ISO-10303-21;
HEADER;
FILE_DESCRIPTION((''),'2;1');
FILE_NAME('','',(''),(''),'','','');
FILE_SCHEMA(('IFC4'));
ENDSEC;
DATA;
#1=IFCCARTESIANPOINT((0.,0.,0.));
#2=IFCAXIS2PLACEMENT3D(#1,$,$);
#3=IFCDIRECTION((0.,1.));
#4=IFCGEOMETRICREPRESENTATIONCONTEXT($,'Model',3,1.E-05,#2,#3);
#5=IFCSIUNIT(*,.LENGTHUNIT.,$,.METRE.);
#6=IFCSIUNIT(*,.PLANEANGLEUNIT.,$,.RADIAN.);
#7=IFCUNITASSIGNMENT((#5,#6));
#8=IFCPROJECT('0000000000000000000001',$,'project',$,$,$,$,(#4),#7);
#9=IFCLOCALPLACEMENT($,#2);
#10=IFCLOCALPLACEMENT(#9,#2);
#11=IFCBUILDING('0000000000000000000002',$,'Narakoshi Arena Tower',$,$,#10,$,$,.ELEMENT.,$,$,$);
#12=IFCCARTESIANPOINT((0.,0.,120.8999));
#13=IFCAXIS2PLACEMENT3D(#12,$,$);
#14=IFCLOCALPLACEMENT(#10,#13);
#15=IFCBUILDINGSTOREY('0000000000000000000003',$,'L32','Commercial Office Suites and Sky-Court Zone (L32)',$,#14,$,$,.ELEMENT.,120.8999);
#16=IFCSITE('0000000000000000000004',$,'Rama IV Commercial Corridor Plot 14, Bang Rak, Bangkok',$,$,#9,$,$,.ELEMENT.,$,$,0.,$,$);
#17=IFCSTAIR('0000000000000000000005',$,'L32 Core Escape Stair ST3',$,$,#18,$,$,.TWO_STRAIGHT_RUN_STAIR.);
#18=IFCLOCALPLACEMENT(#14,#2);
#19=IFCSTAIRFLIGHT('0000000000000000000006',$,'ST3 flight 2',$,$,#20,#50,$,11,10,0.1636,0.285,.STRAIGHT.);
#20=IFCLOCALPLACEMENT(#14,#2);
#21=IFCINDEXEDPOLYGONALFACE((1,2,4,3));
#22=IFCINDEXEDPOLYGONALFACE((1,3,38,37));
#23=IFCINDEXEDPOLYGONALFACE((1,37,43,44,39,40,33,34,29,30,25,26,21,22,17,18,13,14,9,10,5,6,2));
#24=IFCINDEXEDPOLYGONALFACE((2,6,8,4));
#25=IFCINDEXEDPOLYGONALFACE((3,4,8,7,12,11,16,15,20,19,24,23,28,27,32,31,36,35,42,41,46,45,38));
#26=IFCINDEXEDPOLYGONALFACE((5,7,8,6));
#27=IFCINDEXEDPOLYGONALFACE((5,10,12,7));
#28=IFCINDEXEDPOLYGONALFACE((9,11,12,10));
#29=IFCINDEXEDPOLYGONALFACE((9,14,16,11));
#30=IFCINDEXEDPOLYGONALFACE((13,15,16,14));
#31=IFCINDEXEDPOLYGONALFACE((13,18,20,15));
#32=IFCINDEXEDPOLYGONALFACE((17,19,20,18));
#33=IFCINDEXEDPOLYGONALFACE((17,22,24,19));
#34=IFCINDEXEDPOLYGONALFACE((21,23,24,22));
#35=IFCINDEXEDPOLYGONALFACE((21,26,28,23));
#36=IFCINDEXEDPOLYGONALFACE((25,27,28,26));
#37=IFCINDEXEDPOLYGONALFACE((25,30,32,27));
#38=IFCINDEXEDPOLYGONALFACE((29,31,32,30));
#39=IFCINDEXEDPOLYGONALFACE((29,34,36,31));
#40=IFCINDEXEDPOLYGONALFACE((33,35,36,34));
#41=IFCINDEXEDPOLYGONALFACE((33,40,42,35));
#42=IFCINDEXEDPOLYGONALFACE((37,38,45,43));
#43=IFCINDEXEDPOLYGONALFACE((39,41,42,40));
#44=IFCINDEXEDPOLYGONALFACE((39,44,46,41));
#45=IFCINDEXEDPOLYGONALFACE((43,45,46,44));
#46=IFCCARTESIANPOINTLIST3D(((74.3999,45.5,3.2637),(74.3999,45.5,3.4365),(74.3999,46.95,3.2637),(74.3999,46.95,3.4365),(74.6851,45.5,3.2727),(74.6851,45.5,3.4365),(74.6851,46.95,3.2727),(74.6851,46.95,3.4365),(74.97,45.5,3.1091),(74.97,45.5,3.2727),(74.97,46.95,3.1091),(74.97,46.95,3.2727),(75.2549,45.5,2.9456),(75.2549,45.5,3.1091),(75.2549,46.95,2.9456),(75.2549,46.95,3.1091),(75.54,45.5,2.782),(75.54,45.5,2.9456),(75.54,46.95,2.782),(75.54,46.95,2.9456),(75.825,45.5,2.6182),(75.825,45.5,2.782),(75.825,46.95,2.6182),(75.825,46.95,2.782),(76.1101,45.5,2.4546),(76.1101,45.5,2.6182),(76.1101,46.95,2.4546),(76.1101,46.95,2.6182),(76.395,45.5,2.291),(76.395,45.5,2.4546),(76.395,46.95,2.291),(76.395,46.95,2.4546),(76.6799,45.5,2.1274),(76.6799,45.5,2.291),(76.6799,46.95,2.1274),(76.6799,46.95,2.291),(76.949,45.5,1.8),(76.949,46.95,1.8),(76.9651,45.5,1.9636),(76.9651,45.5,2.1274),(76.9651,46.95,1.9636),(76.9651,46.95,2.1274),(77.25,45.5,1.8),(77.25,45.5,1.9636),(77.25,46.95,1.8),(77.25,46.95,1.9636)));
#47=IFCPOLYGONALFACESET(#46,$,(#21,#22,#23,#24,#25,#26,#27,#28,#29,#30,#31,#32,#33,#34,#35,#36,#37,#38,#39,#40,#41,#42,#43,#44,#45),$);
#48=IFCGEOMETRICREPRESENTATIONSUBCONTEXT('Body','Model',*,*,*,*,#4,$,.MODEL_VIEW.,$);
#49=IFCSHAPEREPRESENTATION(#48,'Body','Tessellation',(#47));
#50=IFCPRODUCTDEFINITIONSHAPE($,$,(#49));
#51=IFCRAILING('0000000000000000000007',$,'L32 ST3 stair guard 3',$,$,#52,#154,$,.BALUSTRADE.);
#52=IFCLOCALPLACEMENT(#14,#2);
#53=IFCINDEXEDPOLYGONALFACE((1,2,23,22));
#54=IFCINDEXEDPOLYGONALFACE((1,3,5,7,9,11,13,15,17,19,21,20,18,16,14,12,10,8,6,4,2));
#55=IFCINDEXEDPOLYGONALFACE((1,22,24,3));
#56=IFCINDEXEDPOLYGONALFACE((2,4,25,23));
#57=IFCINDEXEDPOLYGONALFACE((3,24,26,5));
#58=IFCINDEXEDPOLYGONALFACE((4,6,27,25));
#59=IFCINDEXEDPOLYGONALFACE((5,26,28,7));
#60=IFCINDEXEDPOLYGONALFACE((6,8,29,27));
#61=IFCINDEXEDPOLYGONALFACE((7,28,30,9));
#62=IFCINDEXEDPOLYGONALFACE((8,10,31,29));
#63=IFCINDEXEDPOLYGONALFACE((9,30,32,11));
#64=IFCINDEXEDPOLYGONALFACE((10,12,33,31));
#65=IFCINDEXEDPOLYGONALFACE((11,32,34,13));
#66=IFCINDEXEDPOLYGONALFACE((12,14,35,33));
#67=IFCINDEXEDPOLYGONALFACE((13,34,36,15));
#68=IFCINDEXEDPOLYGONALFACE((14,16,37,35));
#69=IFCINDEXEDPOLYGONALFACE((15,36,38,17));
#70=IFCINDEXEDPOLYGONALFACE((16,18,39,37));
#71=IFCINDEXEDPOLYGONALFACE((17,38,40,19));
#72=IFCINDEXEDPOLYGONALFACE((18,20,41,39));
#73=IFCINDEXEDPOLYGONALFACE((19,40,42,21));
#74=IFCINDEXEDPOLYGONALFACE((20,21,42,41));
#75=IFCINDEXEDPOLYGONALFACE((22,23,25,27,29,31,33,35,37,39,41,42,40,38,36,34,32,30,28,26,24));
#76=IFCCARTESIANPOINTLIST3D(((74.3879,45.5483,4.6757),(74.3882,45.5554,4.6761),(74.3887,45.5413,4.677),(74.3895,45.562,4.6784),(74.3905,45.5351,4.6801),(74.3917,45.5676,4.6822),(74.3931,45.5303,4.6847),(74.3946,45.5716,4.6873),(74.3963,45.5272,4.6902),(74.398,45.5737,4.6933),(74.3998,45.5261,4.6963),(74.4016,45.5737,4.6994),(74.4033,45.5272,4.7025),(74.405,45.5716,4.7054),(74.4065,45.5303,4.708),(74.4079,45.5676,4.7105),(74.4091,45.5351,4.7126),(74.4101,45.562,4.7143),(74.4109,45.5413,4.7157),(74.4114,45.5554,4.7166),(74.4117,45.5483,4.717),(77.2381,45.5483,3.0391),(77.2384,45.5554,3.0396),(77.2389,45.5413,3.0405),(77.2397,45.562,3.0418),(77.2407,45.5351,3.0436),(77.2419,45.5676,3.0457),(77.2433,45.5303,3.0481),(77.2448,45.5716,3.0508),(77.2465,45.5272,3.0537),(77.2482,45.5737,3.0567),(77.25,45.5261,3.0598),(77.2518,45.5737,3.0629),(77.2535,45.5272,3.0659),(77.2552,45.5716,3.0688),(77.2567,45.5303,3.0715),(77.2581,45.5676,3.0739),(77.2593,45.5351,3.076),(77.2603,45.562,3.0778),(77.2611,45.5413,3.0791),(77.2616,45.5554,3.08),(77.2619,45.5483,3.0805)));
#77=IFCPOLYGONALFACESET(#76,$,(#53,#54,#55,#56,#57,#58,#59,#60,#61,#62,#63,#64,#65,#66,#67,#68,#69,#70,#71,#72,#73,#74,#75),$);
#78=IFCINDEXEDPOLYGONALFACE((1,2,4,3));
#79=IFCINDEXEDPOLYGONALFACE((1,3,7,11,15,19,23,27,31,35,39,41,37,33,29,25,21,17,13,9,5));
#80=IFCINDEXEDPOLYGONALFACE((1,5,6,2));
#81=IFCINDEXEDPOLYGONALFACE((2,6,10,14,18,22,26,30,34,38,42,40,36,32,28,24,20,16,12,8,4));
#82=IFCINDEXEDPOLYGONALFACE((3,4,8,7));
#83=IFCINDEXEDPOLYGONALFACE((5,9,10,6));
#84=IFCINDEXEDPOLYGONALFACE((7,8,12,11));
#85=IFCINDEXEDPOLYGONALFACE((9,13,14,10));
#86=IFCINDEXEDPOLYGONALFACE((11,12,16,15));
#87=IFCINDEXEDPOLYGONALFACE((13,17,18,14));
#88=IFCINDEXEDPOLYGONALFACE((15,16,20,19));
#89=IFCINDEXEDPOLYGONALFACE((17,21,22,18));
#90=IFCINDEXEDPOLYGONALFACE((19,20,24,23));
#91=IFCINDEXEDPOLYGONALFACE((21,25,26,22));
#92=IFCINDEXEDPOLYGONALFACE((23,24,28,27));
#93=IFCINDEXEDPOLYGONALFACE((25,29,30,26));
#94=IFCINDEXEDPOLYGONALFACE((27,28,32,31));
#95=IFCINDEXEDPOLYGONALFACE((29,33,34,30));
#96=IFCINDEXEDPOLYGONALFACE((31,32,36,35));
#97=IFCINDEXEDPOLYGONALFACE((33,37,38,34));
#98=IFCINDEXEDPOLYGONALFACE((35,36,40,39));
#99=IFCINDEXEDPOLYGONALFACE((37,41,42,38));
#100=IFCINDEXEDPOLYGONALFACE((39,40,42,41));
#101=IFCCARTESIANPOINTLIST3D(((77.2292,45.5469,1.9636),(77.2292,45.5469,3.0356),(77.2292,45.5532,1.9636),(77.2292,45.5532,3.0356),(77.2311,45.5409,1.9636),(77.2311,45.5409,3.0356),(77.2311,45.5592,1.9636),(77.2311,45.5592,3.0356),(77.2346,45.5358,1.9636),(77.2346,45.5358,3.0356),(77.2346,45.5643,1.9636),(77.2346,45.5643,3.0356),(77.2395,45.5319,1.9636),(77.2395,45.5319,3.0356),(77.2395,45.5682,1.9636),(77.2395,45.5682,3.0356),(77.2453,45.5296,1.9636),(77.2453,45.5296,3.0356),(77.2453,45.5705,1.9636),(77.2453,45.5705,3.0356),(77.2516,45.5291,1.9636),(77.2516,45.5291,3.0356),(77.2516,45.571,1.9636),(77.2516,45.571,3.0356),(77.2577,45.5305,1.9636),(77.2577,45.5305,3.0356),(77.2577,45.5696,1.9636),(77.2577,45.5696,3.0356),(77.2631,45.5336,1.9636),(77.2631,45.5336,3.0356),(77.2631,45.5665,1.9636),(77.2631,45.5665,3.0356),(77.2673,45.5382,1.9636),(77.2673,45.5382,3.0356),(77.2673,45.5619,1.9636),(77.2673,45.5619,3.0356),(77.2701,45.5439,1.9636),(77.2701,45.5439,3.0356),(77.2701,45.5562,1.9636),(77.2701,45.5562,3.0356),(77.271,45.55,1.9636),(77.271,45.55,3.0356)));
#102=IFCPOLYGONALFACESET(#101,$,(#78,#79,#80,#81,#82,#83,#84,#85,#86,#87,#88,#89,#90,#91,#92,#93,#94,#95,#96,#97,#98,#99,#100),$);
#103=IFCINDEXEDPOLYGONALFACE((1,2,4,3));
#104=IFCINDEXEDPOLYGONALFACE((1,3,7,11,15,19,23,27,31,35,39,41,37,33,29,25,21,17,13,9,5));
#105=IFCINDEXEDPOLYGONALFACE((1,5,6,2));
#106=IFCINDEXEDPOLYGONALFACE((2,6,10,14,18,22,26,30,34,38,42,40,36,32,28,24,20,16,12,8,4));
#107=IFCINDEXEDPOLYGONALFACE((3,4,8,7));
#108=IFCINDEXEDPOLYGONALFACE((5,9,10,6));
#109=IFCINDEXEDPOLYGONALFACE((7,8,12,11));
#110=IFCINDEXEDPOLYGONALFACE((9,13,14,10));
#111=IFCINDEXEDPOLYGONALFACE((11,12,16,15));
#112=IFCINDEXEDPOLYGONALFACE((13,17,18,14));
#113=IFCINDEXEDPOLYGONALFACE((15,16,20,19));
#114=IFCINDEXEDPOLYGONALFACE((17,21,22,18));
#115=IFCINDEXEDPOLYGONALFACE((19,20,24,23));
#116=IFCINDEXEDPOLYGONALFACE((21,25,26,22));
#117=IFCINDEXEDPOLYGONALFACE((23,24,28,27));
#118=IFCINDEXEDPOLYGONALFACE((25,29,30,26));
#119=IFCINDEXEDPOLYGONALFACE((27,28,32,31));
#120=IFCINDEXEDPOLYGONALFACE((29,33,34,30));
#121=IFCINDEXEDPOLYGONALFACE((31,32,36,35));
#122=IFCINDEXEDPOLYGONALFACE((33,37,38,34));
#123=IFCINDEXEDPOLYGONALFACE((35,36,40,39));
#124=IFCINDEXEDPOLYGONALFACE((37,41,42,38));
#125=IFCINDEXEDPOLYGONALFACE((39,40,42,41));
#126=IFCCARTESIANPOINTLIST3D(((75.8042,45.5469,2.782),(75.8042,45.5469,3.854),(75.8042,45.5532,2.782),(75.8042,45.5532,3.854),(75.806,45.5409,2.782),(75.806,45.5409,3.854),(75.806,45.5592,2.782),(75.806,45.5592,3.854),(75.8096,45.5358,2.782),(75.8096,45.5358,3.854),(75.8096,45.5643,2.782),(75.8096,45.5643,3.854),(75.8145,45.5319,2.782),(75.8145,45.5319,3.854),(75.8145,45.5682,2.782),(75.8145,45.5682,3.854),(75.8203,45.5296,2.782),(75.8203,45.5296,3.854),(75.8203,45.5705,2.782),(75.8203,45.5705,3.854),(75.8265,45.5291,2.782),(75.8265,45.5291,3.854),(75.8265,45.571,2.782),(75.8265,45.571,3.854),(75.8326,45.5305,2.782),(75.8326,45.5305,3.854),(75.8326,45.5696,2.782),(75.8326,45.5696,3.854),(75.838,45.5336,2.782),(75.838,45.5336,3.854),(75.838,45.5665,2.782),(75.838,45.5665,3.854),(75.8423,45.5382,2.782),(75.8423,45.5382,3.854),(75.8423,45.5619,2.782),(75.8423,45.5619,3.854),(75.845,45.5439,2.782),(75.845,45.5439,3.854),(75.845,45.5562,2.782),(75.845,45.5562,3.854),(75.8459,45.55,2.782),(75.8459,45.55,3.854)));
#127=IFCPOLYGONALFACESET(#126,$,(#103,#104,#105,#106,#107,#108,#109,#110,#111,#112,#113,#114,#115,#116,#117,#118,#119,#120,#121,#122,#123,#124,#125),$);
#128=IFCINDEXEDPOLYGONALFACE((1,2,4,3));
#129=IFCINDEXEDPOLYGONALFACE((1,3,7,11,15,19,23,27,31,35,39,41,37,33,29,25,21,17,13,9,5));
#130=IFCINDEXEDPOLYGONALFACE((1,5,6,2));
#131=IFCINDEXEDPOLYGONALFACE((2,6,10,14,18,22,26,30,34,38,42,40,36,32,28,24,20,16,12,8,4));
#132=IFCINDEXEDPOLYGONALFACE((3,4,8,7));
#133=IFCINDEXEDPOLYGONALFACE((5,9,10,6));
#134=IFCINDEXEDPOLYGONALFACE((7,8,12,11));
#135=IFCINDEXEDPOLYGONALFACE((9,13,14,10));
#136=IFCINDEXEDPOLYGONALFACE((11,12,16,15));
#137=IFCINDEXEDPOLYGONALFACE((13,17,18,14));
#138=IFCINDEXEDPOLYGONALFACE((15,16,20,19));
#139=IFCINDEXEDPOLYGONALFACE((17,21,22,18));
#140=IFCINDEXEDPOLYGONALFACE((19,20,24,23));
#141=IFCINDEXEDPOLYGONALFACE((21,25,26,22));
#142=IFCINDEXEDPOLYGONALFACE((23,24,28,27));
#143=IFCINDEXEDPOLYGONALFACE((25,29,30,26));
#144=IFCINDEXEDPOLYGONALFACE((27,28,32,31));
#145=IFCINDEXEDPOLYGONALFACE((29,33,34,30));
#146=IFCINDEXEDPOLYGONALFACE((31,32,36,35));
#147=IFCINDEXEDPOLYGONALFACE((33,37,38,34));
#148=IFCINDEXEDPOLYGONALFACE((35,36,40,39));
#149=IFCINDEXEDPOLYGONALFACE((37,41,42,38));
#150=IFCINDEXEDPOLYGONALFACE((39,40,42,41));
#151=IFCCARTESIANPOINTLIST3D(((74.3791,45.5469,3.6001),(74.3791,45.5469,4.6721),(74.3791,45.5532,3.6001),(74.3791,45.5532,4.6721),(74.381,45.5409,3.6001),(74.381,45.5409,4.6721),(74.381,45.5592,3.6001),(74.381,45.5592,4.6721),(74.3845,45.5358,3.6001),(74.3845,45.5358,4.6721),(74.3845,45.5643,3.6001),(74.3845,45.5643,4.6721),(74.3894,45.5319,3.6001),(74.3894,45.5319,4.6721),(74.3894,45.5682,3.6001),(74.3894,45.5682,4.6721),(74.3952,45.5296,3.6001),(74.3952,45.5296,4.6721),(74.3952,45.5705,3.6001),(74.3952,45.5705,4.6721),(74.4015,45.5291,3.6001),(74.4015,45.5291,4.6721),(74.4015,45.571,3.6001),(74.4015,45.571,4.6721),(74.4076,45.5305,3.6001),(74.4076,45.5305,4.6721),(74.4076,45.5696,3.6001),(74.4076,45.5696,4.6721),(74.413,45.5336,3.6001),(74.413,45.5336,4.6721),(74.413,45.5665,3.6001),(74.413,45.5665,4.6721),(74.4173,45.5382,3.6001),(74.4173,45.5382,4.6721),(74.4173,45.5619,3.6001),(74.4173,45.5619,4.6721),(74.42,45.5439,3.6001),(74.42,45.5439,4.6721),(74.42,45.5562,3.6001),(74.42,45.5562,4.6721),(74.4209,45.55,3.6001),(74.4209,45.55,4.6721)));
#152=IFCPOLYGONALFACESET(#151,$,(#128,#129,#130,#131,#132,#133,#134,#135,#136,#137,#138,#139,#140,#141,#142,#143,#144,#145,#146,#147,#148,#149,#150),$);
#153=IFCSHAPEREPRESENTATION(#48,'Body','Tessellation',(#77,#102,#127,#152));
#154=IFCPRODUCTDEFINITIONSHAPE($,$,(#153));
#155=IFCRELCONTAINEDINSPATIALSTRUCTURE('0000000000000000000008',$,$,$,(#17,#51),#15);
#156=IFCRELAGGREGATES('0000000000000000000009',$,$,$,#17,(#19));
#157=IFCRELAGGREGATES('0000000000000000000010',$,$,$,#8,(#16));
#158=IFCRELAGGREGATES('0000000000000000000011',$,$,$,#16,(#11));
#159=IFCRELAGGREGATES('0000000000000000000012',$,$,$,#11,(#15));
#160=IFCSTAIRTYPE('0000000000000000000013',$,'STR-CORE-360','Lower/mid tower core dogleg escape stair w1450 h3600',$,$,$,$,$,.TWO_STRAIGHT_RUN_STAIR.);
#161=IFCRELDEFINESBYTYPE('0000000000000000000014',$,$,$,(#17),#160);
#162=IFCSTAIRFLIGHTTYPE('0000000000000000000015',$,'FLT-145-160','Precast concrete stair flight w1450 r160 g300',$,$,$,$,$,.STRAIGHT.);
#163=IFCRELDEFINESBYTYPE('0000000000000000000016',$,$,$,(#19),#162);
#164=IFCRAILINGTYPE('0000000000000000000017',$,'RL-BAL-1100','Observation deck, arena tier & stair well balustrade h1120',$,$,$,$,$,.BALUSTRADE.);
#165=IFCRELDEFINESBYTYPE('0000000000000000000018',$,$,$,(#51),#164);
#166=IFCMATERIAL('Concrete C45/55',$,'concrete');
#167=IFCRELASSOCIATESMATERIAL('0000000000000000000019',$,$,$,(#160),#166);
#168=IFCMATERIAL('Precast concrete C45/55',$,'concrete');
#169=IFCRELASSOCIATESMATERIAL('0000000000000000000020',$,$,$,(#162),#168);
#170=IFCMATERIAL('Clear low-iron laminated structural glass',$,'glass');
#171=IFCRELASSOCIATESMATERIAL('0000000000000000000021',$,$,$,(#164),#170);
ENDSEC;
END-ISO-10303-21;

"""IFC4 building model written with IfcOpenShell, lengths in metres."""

from ifc_helpers import new_model, si_unit, direction, frame, origin, origin_2d, place, context, subcontext, project, spatial, polyline, circle, outline, extrude, material, type_object, element, aggregate, save


model = new_model("IFC4")

# Units and contexts
model_context = context("Model", 3, precision=1e-05, world=origin(), true_north=direction((0.0, 1.0)))
body_context = subcontext(model_context, "Body", "Model", "MODEL_VIEW")
ifc_project = project(units=[si_unit("LENGTHUNIT", "METRE"), si_unit("PLANEANGLEUNIT", "RADIAN")], contexts=[model_context])

# Site, building, storey
site_placement = place(None, origin())
site = spatial("IfcSite", under=ifc_project, at=site_placement, Name="Rama IV Commercial Corridor Plot 14, Bang Rak, Bangkok", CompositionType="ELEMENT", RefElevation=0.0)
building_placement = place(site_placement, origin())
building = spatial("IfcBuilding", under=site, at=building_placement, Name="Narakoshi Arena Tower", CompositionType="ELEMENT")
storey_placement = place(building_placement, frame((0.0, 0.0, 120.8999)))
storey = spatial("IfcBuildingStorey", under=building, at=storey_placement, Name="L32", Description="Commercial Office Suites and Sky-Court Zone (L32)", CompositionType="ELEMENT", Elevation=120.8999)

# Stair, stair flight
ifc_material_1 = material(Name="Concrete C45/55", Category="concrete")
stair_type = type_object("IfcStairType", Name="STR-CORE-360", Description="Lower/mid tower core dogleg escape stair w1450 h3600", PredefinedType="TWO_STRAIGHT_RUN_STAIR", material=ifc_material_1)
stair_placement = place(storey_placement, origin())
stair = element("IfcStair", 1, at=stair_placement, inside=storey, type_object=stair_type, Name="L32 Core Escape Stair ST3", PredefinedType="TWO_STRAIGHT_RUN_STAIR")
ifc_material_2 = material(Name="Precast concrete C45/55", Category="concrete")
stair_flight_type = type_object("IfcStairFlightType", Name="FLT-145-160", Description="Precast concrete stair flight w1450 r160 g300", PredefinedType="STRAIGHT", material=ifc_material_2)
stair_flight_placement = place(storey_placement, frame((77.25, 46.2251, 1.8), z_axis=(0.0, 0.0, 1.0), x_axis=(-1.0, 0.0, 0.0)))
stair_flight = element("IfcStairFlight", 2, at=stair_flight_placement, type_object=stair_flight_type, Name="ST3 flight 2", NumberOfRisers=11, NumberOfTreads=10, PredefinedType="STRAIGHT", RiserHeight=0.1636, TreadLength=0.285, context=body_context, shape_type="SweptSolid", body=[
    extrude(outline(polyline([(0.0, 0.0), (0.0, 0.1636), (0.2849, 0.1636), (0.2849, 0.3274), (0.5701, 0.3274), (0.5701, 0.491), (0.855, 0.491), (0.855, 0.6545), (1.1399, 0.6545), (1.1399, 0.8181), (1.425, 0.8181), (1.425, 0.9819), (1.71, 0.9819), (1.71, 1.1455), (1.9951, 1.1455), (1.9951, 1.3091), (2.28, 1.3091), (2.28, 1.4727), (2.5649, 1.4727), (2.5649, 1.6365), (2.8501, 1.6365), (2.8501, 1.8), (2.8501, 1.4636), (0.301, 0.0), (0.0, 0.0)])), frame((0.0, 0.7251, 0.0), z_axis=(0.0, -1.0, 0.0), x_axis=(1.0, 0.0, 0.0)), (0.0, 0.0, 1.0), 1.45),
])
aggregate(stair, [stair_flight])

# Railing
ifc_material_3 = material(Name="Clear low-iron laminated structural glass", Category="glass")
railing_type_1 = type_object("IfcRailingType", Name="RL-BAL-1100", Description="Observation deck, arena tier & stair well balustrade h1120", PredefinedType="BALUSTRADE", material=ifc_material_3)
railing_1_placement = place(storey_placement, frame((77.25, 45.55, 1.9636)))
element("IfcRailing", 3, at=railing_1_placement, inside=storey, type_object=railing_type_1, Name="L32 ST3 stair guard 3", PredefinedType="BALUSTRADE", context=body_context, shape_type="SweptSolid", body=[
    extrude(circle(Radius=0.0239, at=origin_2d()), frame((0.0, 0.0, 1.0962), z_axis=(-0.867213, 0.0, 0.497938), x_axis=(0.0, -1.0, 0.0)), (0.0, 0.0, 1.0), 3.2866),
    extrude(circle(Radius=0.021, at=origin_2d()), origin(), (0.0, 0.0, 1.0), 1.072),
    extrude(circle(Radius=0.021, at=origin_2d()), frame((-1.425, 0.0, 0.8184)), (0.0, 0.0, 1.0), 1.072),
    extrude(circle(Radius=0.021, at=origin_2d()), frame((-2.8501, 0.0, 1.6365)), (0.0, 0.0, 1.0), 1.072),
])

save(model, "model.ifc")
